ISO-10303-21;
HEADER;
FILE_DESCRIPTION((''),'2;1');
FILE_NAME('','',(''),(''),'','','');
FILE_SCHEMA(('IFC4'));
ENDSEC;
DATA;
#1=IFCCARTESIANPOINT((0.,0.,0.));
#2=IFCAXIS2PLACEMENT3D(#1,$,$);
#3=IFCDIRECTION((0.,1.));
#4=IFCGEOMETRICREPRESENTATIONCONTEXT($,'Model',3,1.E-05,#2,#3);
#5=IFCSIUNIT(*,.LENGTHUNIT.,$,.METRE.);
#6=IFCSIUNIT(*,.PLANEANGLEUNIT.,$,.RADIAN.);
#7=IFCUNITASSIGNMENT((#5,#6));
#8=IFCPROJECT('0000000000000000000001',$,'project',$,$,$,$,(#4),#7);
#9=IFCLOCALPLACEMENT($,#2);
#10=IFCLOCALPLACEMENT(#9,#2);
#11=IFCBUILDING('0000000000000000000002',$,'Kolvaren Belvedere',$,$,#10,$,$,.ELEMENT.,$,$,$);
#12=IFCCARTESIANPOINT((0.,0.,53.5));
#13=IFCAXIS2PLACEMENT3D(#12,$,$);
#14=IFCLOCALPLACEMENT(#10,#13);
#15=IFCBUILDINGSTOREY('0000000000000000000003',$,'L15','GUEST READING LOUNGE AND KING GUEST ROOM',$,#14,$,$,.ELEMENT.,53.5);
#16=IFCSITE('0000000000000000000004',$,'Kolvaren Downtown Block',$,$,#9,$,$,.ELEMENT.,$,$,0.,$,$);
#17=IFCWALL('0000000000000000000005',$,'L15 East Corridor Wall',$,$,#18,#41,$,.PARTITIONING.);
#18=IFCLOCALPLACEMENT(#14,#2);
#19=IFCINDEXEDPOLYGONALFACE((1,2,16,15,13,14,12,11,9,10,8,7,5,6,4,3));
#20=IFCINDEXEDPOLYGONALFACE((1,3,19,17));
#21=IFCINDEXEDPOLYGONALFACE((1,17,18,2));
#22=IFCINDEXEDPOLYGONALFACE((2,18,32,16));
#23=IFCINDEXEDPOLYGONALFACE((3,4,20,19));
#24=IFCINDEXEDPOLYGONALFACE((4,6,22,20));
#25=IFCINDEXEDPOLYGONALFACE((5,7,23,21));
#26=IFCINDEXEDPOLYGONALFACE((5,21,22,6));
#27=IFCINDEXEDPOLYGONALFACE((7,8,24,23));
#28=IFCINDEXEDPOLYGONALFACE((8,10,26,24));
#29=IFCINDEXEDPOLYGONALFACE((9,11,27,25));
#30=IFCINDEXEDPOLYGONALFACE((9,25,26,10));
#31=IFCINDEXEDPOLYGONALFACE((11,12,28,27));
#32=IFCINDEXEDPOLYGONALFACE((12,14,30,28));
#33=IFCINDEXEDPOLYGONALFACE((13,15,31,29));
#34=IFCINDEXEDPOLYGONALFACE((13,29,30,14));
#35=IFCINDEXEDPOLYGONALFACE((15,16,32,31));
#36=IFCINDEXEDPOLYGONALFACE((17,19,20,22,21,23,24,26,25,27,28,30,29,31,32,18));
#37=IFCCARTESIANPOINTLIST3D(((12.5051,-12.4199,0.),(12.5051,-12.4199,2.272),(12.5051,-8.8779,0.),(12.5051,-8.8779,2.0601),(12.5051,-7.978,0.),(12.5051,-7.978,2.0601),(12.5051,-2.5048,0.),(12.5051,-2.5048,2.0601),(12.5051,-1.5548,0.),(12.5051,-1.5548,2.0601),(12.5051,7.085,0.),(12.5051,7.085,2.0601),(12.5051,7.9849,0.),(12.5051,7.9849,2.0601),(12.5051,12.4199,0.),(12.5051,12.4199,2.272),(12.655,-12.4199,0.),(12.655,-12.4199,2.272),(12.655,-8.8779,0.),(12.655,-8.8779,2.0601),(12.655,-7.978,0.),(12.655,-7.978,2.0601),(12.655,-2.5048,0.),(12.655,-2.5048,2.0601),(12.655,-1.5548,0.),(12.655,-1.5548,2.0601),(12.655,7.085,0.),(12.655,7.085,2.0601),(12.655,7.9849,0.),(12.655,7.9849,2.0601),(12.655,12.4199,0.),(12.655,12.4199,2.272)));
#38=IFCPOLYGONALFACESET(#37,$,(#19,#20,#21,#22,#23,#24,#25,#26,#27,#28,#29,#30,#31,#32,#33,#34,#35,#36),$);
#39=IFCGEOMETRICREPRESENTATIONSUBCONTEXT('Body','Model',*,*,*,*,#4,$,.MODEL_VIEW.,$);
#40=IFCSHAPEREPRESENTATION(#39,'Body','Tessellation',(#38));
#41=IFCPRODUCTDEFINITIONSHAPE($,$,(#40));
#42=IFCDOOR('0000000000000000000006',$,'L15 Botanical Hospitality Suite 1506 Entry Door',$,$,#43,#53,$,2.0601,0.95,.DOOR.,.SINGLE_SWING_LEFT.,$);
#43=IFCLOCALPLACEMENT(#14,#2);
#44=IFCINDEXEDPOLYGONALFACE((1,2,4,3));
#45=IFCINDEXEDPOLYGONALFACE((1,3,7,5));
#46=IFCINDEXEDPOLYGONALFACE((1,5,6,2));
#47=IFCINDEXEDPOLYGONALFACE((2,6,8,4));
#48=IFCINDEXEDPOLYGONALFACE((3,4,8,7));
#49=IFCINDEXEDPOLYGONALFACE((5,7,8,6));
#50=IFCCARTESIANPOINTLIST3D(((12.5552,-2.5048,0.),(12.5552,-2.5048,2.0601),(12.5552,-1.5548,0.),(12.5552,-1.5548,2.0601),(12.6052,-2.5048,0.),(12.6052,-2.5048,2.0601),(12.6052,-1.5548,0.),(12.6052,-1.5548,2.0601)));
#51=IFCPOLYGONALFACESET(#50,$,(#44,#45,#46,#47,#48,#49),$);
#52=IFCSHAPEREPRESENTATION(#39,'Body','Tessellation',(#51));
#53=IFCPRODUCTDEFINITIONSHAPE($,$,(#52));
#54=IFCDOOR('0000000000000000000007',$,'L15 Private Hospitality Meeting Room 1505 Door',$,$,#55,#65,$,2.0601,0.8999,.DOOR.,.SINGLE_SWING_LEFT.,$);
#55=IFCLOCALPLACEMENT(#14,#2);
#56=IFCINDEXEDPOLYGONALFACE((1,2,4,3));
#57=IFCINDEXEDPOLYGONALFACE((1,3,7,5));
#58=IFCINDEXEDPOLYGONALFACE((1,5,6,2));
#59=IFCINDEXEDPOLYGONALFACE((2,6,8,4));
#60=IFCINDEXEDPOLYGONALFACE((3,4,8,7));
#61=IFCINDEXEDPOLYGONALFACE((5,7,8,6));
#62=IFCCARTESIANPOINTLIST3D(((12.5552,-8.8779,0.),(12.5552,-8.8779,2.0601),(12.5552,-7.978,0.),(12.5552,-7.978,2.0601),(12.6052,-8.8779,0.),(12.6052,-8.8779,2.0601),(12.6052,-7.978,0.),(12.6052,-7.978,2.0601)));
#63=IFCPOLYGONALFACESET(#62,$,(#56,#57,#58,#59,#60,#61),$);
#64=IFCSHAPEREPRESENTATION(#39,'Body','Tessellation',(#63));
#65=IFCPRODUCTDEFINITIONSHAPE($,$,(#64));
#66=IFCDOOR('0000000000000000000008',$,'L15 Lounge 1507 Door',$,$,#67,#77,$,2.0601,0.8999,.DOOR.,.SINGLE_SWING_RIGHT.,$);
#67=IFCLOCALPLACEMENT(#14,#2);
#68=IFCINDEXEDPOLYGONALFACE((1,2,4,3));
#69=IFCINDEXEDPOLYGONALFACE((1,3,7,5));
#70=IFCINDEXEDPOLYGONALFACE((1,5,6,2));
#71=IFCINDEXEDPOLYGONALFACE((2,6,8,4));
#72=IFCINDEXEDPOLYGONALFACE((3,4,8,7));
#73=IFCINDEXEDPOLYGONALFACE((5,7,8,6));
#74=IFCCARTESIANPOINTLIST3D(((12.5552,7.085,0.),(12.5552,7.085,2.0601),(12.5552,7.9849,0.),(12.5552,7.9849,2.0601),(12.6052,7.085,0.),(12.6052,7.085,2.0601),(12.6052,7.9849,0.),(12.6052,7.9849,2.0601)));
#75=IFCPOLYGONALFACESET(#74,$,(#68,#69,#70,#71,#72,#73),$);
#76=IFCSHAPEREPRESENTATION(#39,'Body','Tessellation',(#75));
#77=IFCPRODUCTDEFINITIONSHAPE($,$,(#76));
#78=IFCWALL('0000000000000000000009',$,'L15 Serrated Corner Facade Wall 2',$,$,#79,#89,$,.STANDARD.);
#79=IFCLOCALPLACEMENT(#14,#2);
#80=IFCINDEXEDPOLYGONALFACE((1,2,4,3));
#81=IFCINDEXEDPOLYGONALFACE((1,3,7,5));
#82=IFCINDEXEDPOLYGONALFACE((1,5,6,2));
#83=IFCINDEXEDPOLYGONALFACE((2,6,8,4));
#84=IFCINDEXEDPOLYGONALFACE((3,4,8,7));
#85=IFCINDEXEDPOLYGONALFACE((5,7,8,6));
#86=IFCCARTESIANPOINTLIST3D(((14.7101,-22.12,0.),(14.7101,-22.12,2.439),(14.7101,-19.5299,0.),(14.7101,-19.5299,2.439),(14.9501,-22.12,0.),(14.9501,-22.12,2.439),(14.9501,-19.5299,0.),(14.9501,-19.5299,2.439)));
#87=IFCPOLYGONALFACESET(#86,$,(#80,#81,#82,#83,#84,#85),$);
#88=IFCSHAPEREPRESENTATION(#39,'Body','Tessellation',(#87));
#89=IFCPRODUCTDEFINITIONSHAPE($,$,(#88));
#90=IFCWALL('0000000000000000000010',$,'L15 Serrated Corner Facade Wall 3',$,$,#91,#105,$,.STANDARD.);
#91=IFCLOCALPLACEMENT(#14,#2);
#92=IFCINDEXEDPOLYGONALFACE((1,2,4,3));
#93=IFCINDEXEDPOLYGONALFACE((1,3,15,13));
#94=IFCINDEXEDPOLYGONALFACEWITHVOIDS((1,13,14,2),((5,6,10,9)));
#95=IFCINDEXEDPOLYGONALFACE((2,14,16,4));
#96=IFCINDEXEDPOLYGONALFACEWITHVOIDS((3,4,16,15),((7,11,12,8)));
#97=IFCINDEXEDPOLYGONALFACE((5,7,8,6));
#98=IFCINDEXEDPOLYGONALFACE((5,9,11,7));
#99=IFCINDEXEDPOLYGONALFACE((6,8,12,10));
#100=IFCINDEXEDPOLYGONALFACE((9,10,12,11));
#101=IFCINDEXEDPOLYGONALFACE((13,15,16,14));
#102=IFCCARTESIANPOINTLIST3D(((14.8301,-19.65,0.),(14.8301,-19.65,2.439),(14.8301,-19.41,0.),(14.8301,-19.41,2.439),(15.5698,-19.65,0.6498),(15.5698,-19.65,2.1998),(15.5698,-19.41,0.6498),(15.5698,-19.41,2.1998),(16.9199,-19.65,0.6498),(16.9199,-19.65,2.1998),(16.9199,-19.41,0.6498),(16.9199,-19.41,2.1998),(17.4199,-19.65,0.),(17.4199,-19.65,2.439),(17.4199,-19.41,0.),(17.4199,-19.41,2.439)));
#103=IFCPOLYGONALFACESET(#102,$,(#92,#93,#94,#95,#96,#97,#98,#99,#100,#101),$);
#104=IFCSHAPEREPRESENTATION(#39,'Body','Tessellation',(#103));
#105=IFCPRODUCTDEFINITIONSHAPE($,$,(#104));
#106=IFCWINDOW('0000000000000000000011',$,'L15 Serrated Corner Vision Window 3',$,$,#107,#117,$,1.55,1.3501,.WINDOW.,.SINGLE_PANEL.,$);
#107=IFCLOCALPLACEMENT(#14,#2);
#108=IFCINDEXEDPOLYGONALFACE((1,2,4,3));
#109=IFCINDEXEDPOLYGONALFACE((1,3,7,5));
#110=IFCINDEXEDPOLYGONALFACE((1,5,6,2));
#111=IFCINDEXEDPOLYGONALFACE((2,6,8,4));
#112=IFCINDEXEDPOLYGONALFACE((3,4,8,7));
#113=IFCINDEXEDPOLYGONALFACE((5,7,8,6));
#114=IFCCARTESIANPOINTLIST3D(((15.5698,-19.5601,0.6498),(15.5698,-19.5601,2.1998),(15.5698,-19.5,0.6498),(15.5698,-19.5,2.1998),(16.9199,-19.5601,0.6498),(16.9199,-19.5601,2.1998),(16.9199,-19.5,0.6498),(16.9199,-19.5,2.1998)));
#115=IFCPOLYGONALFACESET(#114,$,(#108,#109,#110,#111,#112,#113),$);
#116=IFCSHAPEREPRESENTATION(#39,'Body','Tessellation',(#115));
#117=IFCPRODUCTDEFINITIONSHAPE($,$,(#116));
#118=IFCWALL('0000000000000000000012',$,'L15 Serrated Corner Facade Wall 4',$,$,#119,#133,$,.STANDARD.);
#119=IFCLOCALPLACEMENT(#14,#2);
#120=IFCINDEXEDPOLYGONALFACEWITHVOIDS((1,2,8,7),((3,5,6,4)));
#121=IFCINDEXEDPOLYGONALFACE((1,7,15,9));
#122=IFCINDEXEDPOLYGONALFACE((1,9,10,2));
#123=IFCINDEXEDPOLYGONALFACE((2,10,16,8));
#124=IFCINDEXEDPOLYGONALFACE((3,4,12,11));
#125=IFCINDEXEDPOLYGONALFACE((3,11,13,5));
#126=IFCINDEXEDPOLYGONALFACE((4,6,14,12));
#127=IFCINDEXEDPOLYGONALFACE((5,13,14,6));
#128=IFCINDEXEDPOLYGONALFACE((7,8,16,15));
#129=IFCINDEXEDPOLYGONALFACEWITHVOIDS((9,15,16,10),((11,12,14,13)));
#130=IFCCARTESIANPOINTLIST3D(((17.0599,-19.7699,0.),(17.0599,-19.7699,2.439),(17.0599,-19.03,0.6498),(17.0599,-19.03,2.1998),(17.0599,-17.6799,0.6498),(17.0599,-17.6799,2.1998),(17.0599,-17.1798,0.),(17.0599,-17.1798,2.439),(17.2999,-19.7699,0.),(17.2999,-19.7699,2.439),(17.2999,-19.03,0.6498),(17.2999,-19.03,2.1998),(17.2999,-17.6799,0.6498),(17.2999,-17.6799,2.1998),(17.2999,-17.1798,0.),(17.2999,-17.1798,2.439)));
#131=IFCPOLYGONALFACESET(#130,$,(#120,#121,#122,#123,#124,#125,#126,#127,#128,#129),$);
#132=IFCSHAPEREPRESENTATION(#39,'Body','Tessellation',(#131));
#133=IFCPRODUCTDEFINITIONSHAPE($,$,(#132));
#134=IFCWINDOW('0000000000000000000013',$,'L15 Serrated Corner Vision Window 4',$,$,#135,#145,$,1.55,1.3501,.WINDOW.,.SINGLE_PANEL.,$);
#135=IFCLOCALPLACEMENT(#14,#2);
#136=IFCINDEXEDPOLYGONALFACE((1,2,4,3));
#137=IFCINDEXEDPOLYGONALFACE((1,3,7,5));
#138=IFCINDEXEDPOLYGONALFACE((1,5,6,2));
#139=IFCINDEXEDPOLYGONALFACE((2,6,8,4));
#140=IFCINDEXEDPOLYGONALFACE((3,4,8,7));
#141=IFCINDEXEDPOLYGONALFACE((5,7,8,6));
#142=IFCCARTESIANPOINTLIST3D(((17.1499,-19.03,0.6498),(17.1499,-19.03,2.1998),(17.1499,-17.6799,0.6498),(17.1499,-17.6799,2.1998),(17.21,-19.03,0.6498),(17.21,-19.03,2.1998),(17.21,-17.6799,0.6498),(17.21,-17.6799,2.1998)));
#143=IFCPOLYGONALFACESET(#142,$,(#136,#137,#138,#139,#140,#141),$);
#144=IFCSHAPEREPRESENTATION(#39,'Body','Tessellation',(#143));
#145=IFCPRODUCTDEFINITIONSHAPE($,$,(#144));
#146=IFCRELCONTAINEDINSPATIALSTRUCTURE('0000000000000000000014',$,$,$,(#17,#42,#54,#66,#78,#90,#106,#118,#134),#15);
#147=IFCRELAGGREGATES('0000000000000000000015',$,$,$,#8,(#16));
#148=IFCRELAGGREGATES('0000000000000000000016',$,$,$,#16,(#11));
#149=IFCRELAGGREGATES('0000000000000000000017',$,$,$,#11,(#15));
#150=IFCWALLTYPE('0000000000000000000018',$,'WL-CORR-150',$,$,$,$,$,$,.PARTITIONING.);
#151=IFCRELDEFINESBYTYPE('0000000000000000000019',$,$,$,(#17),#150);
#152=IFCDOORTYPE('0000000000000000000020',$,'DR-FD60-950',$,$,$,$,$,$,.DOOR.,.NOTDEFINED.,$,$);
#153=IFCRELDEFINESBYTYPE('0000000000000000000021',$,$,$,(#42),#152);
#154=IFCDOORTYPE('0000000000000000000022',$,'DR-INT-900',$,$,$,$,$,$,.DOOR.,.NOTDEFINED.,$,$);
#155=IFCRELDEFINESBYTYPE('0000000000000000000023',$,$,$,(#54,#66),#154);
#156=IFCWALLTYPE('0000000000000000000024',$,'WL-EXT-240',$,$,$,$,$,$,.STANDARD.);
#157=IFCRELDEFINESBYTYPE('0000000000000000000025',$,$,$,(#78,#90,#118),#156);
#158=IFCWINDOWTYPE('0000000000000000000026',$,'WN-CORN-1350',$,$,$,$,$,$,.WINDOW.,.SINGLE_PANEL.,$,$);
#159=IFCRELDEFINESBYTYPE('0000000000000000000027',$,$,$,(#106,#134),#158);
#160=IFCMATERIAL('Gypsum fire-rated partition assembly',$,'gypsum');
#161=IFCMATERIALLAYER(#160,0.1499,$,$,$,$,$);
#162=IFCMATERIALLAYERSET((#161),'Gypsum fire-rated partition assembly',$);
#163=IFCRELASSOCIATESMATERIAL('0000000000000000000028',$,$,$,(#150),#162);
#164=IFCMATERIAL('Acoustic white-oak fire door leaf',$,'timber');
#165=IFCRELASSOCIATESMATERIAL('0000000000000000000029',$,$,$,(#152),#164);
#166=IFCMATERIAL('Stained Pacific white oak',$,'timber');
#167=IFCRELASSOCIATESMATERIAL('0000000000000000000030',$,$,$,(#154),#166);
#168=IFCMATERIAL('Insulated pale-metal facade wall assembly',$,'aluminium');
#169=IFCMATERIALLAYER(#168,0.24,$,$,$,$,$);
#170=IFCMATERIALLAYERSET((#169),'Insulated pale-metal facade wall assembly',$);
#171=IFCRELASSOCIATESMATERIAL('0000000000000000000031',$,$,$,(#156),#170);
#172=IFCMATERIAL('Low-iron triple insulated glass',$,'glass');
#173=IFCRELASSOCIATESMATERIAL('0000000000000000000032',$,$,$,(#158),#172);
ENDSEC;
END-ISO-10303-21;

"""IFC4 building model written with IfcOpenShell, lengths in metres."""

from ifc_helpers import new_model, si_unit, direction, frame, frame_2d, origin, place, context, subcontext, project, spatial, rectangle, extrude, material, layer, layer_set, type_object, element, fill, save


model = new_model("IFC4")

# Units and contexts
model_context = context("Model", 3, precision=1e-05, world=origin(), true_north=direction((0.0, 1.0)))
body_context = subcontext(model_context, "Body", "Model", "MODEL_VIEW")
ifc_project = project(units=[si_unit("LENGTHUNIT", "METRE"), si_unit("PLANEANGLEUNIT", "RADIAN")], contexts=[model_context])

# Site, building, storey
site_placement = place(None, origin())
site = spatial("IfcSite", under=ifc_project, at=site_placement, Name="Kolvaren Downtown Block", CompositionType="ELEMENT", RefElevation=0.0)
building_placement = place(site_placement, origin())
building = spatial("IfcBuilding", under=site, at=building_placement, Name="Kolvaren Belvedere", CompositionType="ELEMENT")
storey_placement = place(building_placement, frame((0.0, 0.0, 53.5)))
storey = spatial("IfcBuildingStorey", under=building, at=storey_placement, Name="L15", Description="GUEST READING LOUNGE AND KING GUEST ROOM", CompositionType="ELEMENT", Elevation=53.5)

# Wall, openings, doors
ifc_material_1 = material(Name="Gypsum fire-rated partition assembly", Category="gypsum")
ifc_layer_1 = layer(ifc_material_1, 0.1499)
ifc_layer_set_1 = layer_set([ifc_layer_1], Name="Gypsum fire-rated partition assembly")
wall_type_1 = type_object("IfcWallType", Name="WL-CORR-150", PredefinedType="PARTITIONING", material=ifc_layer_set_1)
wall_1_placement = place(storey_placement, frame((12.5801, -12.4199, 0.0), z_axis=(0.0, 0.0, 1.0), x_axis=(0.0, 1.0, 0.0)))
wall_1 = element("IfcWall", 1, at=wall_1_placement, inside=storey, type_object=wall_type_1, Name="L15 East Corridor Wall", PredefinedType="PARTITIONING", context=body_context, shape_type="SweptSolid", body=[
    extrude(rectangle(XDim=24.8398, YDim=0.1499, at=frame_2d((12.4199, 0.0))), origin(), (0.0, 0.0, 1.0), 2.272),
])
opening_1_placement = place(wall_1_placement, frame((3.542, 0.0, 0.0)))
opening_1 = element("IfcOpeningElement", 2, at=opening_1_placement, cuts=wall_1, PredefinedType="OPENING", context=body_context, shape_type="SweptSolid", body=[
    extrude(rectangle(XDim=0.8999, YDim=2.0601, at=frame_2d((0.45, 1.03))), frame((0.0, 0.085, 0.0), z_axis=(0.0, -1.0, 0.0), x_axis=(1.0, 0.0, 0.0)), (0.0, 0.0, 1.0), 0.1699),
])
opening_2_placement = place(wall_1_placement, frame((9.915, 0.0, 0.0)))
opening_2 = element("IfcOpeningElement", 3, at=opening_2_placement, cuts=wall_1, PredefinedType="OPENING", context=body_context, shape_type="SweptSolid", body=[
    extrude(rectangle(XDim=0.95, YDim=2.0601, at=frame_2d((0.4751, 1.03))), frame((0.0, 0.085, 0.0), z_axis=(0.0, -1.0, 0.0), x_axis=(1.0, 0.0, 0.0)), (0.0, 0.0, 1.0), 0.1699),
])
opening_3_placement = place(wall_1_placement, frame((19.5049, 0.0, 0.0)))
opening_3 = element("IfcOpeningElement", 4, at=opening_3_placement, cuts=wall_1, PredefinedType="OPENING", context=body_context, shape_type="SweptSolid", body=[
    extrude(rectangle(XDim=0.8999, YDim=2.0601, at=frame_2d((0.45, 1.03))), frame((0.0, 0.085, 0.0), z_axis=(0.0, -1.0, 0.0), x_axis=(1.0, 0.0, 0.0)), (0.0, 0.0, 1.0), 0.1699),
])
ifc_material_2 = material(Name="Acoustic white-oak fire door leaf", Category="timber")
door_type_1 = type_object("IfcDoorType", Name="DR-FD60-950", OperationType="NOTDEFINED", PredefinedType="DOOR", material=ifc_material_2)
door_1_placement = place(opening_2_placement, origin())
door_1 = element("IfcDoor", 5, at=door_1_placement, inside=storey, type_object=door_type_1, Name="L15 Botanical Hospitality Suite 1506 Entry Door", OperationType="SINGLE_SWING_LEFT", OverallHeight=2.0601, OverallWidth=0.95, PredefinedType="DOOR", context=body_context, shape_type="SweptSolid", body=[
    extrude(rectangle(XDim=0.95, YDim=2.0601, at=frame_2d((0.4751, 1.03))), frame((0.0, 0.0249, 0.0), z_axis=(0.0, -1.0, 0.0), x_axis=(1.0, 0.0, 0.0)), (0.0, 0.0, 1.0), 0.05),
])
fill(opening_2, door_1)
ifc_material_3 = material(Name="Stained Pacific white oak", Category="timber")
door_type_2 = type_object("IfcDoorType", Name="DR-INT-900", OperationType="NOTDEFINED", PredefinedType="DOOR", material=ifc_material_3)
door_2_placement = place(opening_1_placement, origin())
door_2 = element("IfcDoor", 6, at=door_2_placement, inside=storey, type_object=door_type_2, Name="L15 Private Hospitality Meeting Room 1505 Door", OperationType="SINGLE_SWING_LEFT", OverallHeight=2.0601, OverallWidth=0.8999, PredefinedType="DOOR", context=body_context, shape_type="SweptSolid", body=[
    extrude(rectangle(XDim=0.8999, YDim=2.0601, at=frame_2d((0.45, 1.03))), frame((0.0, 0.0249, 0.0), z_axis=(0.0, -1.0, 0.0), x_axis=(1.0, 0.0, 0.0)), (0.0, 0.0, 1.0), 0.05),
])
fill(opening_1, door_2)
door_3_placement = place(opening_3_placement, origin())
door_3 = element("IfcDoor", 7, at=door_3_placement, inside=storey, type_object=door_type_2, Name="L15 Lounge 1507 Door", OperationType="SINGLE_SWING_RIGHT", OverallHeight=2.0601, OverallWidth=0.8999, PredefinedType="DOOR", context=body_context, shape_type="SweptSolid", body=[
    extrude(rectangle(XDim=0.8999, YDim=2.0601, at=frame_2d((0.45, 1.03))), frame((0.0, 0.0249, 0.0), z_axis=(0.0, -1.0, 0.0), x_axis=(1.0, 0.0, 0.0)), (0.0, 0.0, 1.0), 0.05),
])
fill(opening_3, door_3)

# Wall
ifc_material_4 = material(Name="Insulated pale-metal facade wall assembly", Category="aluminium")
ifc_layer_2 = layer(ifc_material_4, 0.24)
ifc_layer_set_2 = layer_set([ifc_layer_2], Name="Insulated pale-metal facade wall assembly")
wall_type_2 = type_object("IfcWallType", Name="WL-EXT-240", PredefinedType="STANDARD", material=ifc_layer_set_2)
wall_2_placement = place(storey_placement, frame((14.8301, -19.53, 0.0), z_axis=(0.0, 0.0, 1.0), x_axis=(0.0, -1.0, 0.0)))
element("IfcWall", 8, at=wall_2_placement, inside=storey, type_object=wall_type_2, Name="L15 Serrated Corner Facade Wall 2", PredefinedType="STANDARD", context=body_context, shape_type="SweptSolid", body=[
    extrude(rectangle(XDim=2.5901, YDim=0.24, at=frame_2d((1.2949, 0.0))), origin(), (0.0, 0.0, 1.0), 2.439),
])

# Walls, openings, windows
wall_3_placement = place(storey_placement, frame((17.4199, -19.53, 0.0), z_axis=(0.0, 0.0, 1.0), x_axis=(-1.0, 0.0, 0.0)))
wall_3 = element("IfcWall", 9, at=wall_3_placement, inside=storey, type_object=wall_type_2, Name="L15 Serrated Corner Facade Wall 3", PredefinedType="STANDARD", context=body_context, shape_type="SweptSolid", body=[
    extrude(rectangle(XDim=2.5898, YDim=0.24, at=frame_2d((1.2949, 0.0))), origin(), (0.0, 0.0, 1.0), 2.439),
])
opening_4_placement = place(wall_3_placement, frame((0.5, 0.0, 0.6499)))
opening_4 = element("IfcOpeningElement", 10, at=opening_4_placement, cuts=wall_3, PredefinedType="OPENING", context=body_context, shape_type="SweptSolid", body=[
    extrude(rectangle(XDim=1.3501, YDim=1.55, at=frame_2d((0.675, 0.7749))), frame((0.0, 0.1299, 0.0), z_axis=(0.0, -1.0, 0.0), x_axis=(1.0, 0.0, 0.0)), (0.0, 0.0, 1.0), 0.26),
])
ifc_material_5 = material(Name="Low-iron triple insulated glass", Category="glass")
window_type = type_object("IfcWindowType", Name="WN-CORN-1350", PartitioningType="SINGLE_PANEL", PredefinedType="WINDOW", material=ifc_material_5)
window_1_placement = place(opening_4_placement, origin())
window_1 = element("IfcWindow", 11, at=window_1_placement, inside=storey, type_object=window_type, Name="L15 Serrated Corner Vision Window 3", OverallHeight=1.55, OverallWidth=1.3501, PartitioningType="SINGLE_PANEL", PredefinedType="WINDOW", context=body_context, shape_type="SweptSolid", body=[
    extrude(rectangle(XDim=1.3501, YDim=1.55, at=frame_2d((0.675, 0.7749))), frame((0.0, 0.03, 0.0), z_axis=(0.0, -1.0, 0.0), x_axis=(1.0, 0.0, 0.0)), (0.0, 0.0, 1.0), 0.0601),
])
fill(opening_4, window_1)
wall_4_placement = place(storey_placement, frame((17.1799, -17.1799, 0.0), z_axis=(0.0, 0.0, 1.0), x_axis=(0.0, -1.0, 0.0)))
wall_4 = element("IfcWall", 12, at=wall_4_placement, inside=storey, type_object=wall_type_2, Name="L15 Serrated Corner Facade Wall 4", PredefinedType="STANDARD", context=body_context, shape_type="SweptSolid", body=[
    extrude(rectangle(XDim=2.5901, YDim=0.24, at=frame_2d((1.2949, 0.0))), origin(), (0.0, 0.0, 1.0), 2.439),
])
opening_5_placement = place(wall_4_placement, frame((0.5, 0.0, 0.6499)))
opening_5 = element("IfcOpeningElement", 13, at=opening_5_placement, cuts=wall_4, PredefinedType="OPENING", context=body_context, shape_type="SweptSolid", body=[
    extrude(rectangle(XDim=1.3501, YDim=1.55, at=frame_2d((0.675, 0.7749))), frame((0.0, 0.1299, 0.0), z_axis=(0.0, -1.0, 0.0), x_axis=(1.0, 0.0, 0.0)), (0.0, 0.0, 1.0), 0.26),
])
window_2_placement = place(opening_5_placement, origin())
window_2 = element("IfcWindow", 14, at=window_2_placement, inside=storey, type_object=window_type, Name="L15 Serrated Corner Vision Window 4", OverallHeight=1.55, OverallWidth=1.3501, PartitioningType="SINGLE_PANEL", PredefinedType="WINDOW", context=body_context, shape_type="SweptSolid", body=[
    extrude(rectangle(XDim=1.3501, YDim=1.55, at=frame_2d((0.675, 0.7749))), frame((0.0, 0.03, 0.0), z_axis=(0.0, -1.0, 0.0), x_axis=(1.0, 0.0, 0.0)), (0.0, 0.0, 1.0), 0.0601),
])
fill(opening_5, window_2)

save(model, "model.ifc")
